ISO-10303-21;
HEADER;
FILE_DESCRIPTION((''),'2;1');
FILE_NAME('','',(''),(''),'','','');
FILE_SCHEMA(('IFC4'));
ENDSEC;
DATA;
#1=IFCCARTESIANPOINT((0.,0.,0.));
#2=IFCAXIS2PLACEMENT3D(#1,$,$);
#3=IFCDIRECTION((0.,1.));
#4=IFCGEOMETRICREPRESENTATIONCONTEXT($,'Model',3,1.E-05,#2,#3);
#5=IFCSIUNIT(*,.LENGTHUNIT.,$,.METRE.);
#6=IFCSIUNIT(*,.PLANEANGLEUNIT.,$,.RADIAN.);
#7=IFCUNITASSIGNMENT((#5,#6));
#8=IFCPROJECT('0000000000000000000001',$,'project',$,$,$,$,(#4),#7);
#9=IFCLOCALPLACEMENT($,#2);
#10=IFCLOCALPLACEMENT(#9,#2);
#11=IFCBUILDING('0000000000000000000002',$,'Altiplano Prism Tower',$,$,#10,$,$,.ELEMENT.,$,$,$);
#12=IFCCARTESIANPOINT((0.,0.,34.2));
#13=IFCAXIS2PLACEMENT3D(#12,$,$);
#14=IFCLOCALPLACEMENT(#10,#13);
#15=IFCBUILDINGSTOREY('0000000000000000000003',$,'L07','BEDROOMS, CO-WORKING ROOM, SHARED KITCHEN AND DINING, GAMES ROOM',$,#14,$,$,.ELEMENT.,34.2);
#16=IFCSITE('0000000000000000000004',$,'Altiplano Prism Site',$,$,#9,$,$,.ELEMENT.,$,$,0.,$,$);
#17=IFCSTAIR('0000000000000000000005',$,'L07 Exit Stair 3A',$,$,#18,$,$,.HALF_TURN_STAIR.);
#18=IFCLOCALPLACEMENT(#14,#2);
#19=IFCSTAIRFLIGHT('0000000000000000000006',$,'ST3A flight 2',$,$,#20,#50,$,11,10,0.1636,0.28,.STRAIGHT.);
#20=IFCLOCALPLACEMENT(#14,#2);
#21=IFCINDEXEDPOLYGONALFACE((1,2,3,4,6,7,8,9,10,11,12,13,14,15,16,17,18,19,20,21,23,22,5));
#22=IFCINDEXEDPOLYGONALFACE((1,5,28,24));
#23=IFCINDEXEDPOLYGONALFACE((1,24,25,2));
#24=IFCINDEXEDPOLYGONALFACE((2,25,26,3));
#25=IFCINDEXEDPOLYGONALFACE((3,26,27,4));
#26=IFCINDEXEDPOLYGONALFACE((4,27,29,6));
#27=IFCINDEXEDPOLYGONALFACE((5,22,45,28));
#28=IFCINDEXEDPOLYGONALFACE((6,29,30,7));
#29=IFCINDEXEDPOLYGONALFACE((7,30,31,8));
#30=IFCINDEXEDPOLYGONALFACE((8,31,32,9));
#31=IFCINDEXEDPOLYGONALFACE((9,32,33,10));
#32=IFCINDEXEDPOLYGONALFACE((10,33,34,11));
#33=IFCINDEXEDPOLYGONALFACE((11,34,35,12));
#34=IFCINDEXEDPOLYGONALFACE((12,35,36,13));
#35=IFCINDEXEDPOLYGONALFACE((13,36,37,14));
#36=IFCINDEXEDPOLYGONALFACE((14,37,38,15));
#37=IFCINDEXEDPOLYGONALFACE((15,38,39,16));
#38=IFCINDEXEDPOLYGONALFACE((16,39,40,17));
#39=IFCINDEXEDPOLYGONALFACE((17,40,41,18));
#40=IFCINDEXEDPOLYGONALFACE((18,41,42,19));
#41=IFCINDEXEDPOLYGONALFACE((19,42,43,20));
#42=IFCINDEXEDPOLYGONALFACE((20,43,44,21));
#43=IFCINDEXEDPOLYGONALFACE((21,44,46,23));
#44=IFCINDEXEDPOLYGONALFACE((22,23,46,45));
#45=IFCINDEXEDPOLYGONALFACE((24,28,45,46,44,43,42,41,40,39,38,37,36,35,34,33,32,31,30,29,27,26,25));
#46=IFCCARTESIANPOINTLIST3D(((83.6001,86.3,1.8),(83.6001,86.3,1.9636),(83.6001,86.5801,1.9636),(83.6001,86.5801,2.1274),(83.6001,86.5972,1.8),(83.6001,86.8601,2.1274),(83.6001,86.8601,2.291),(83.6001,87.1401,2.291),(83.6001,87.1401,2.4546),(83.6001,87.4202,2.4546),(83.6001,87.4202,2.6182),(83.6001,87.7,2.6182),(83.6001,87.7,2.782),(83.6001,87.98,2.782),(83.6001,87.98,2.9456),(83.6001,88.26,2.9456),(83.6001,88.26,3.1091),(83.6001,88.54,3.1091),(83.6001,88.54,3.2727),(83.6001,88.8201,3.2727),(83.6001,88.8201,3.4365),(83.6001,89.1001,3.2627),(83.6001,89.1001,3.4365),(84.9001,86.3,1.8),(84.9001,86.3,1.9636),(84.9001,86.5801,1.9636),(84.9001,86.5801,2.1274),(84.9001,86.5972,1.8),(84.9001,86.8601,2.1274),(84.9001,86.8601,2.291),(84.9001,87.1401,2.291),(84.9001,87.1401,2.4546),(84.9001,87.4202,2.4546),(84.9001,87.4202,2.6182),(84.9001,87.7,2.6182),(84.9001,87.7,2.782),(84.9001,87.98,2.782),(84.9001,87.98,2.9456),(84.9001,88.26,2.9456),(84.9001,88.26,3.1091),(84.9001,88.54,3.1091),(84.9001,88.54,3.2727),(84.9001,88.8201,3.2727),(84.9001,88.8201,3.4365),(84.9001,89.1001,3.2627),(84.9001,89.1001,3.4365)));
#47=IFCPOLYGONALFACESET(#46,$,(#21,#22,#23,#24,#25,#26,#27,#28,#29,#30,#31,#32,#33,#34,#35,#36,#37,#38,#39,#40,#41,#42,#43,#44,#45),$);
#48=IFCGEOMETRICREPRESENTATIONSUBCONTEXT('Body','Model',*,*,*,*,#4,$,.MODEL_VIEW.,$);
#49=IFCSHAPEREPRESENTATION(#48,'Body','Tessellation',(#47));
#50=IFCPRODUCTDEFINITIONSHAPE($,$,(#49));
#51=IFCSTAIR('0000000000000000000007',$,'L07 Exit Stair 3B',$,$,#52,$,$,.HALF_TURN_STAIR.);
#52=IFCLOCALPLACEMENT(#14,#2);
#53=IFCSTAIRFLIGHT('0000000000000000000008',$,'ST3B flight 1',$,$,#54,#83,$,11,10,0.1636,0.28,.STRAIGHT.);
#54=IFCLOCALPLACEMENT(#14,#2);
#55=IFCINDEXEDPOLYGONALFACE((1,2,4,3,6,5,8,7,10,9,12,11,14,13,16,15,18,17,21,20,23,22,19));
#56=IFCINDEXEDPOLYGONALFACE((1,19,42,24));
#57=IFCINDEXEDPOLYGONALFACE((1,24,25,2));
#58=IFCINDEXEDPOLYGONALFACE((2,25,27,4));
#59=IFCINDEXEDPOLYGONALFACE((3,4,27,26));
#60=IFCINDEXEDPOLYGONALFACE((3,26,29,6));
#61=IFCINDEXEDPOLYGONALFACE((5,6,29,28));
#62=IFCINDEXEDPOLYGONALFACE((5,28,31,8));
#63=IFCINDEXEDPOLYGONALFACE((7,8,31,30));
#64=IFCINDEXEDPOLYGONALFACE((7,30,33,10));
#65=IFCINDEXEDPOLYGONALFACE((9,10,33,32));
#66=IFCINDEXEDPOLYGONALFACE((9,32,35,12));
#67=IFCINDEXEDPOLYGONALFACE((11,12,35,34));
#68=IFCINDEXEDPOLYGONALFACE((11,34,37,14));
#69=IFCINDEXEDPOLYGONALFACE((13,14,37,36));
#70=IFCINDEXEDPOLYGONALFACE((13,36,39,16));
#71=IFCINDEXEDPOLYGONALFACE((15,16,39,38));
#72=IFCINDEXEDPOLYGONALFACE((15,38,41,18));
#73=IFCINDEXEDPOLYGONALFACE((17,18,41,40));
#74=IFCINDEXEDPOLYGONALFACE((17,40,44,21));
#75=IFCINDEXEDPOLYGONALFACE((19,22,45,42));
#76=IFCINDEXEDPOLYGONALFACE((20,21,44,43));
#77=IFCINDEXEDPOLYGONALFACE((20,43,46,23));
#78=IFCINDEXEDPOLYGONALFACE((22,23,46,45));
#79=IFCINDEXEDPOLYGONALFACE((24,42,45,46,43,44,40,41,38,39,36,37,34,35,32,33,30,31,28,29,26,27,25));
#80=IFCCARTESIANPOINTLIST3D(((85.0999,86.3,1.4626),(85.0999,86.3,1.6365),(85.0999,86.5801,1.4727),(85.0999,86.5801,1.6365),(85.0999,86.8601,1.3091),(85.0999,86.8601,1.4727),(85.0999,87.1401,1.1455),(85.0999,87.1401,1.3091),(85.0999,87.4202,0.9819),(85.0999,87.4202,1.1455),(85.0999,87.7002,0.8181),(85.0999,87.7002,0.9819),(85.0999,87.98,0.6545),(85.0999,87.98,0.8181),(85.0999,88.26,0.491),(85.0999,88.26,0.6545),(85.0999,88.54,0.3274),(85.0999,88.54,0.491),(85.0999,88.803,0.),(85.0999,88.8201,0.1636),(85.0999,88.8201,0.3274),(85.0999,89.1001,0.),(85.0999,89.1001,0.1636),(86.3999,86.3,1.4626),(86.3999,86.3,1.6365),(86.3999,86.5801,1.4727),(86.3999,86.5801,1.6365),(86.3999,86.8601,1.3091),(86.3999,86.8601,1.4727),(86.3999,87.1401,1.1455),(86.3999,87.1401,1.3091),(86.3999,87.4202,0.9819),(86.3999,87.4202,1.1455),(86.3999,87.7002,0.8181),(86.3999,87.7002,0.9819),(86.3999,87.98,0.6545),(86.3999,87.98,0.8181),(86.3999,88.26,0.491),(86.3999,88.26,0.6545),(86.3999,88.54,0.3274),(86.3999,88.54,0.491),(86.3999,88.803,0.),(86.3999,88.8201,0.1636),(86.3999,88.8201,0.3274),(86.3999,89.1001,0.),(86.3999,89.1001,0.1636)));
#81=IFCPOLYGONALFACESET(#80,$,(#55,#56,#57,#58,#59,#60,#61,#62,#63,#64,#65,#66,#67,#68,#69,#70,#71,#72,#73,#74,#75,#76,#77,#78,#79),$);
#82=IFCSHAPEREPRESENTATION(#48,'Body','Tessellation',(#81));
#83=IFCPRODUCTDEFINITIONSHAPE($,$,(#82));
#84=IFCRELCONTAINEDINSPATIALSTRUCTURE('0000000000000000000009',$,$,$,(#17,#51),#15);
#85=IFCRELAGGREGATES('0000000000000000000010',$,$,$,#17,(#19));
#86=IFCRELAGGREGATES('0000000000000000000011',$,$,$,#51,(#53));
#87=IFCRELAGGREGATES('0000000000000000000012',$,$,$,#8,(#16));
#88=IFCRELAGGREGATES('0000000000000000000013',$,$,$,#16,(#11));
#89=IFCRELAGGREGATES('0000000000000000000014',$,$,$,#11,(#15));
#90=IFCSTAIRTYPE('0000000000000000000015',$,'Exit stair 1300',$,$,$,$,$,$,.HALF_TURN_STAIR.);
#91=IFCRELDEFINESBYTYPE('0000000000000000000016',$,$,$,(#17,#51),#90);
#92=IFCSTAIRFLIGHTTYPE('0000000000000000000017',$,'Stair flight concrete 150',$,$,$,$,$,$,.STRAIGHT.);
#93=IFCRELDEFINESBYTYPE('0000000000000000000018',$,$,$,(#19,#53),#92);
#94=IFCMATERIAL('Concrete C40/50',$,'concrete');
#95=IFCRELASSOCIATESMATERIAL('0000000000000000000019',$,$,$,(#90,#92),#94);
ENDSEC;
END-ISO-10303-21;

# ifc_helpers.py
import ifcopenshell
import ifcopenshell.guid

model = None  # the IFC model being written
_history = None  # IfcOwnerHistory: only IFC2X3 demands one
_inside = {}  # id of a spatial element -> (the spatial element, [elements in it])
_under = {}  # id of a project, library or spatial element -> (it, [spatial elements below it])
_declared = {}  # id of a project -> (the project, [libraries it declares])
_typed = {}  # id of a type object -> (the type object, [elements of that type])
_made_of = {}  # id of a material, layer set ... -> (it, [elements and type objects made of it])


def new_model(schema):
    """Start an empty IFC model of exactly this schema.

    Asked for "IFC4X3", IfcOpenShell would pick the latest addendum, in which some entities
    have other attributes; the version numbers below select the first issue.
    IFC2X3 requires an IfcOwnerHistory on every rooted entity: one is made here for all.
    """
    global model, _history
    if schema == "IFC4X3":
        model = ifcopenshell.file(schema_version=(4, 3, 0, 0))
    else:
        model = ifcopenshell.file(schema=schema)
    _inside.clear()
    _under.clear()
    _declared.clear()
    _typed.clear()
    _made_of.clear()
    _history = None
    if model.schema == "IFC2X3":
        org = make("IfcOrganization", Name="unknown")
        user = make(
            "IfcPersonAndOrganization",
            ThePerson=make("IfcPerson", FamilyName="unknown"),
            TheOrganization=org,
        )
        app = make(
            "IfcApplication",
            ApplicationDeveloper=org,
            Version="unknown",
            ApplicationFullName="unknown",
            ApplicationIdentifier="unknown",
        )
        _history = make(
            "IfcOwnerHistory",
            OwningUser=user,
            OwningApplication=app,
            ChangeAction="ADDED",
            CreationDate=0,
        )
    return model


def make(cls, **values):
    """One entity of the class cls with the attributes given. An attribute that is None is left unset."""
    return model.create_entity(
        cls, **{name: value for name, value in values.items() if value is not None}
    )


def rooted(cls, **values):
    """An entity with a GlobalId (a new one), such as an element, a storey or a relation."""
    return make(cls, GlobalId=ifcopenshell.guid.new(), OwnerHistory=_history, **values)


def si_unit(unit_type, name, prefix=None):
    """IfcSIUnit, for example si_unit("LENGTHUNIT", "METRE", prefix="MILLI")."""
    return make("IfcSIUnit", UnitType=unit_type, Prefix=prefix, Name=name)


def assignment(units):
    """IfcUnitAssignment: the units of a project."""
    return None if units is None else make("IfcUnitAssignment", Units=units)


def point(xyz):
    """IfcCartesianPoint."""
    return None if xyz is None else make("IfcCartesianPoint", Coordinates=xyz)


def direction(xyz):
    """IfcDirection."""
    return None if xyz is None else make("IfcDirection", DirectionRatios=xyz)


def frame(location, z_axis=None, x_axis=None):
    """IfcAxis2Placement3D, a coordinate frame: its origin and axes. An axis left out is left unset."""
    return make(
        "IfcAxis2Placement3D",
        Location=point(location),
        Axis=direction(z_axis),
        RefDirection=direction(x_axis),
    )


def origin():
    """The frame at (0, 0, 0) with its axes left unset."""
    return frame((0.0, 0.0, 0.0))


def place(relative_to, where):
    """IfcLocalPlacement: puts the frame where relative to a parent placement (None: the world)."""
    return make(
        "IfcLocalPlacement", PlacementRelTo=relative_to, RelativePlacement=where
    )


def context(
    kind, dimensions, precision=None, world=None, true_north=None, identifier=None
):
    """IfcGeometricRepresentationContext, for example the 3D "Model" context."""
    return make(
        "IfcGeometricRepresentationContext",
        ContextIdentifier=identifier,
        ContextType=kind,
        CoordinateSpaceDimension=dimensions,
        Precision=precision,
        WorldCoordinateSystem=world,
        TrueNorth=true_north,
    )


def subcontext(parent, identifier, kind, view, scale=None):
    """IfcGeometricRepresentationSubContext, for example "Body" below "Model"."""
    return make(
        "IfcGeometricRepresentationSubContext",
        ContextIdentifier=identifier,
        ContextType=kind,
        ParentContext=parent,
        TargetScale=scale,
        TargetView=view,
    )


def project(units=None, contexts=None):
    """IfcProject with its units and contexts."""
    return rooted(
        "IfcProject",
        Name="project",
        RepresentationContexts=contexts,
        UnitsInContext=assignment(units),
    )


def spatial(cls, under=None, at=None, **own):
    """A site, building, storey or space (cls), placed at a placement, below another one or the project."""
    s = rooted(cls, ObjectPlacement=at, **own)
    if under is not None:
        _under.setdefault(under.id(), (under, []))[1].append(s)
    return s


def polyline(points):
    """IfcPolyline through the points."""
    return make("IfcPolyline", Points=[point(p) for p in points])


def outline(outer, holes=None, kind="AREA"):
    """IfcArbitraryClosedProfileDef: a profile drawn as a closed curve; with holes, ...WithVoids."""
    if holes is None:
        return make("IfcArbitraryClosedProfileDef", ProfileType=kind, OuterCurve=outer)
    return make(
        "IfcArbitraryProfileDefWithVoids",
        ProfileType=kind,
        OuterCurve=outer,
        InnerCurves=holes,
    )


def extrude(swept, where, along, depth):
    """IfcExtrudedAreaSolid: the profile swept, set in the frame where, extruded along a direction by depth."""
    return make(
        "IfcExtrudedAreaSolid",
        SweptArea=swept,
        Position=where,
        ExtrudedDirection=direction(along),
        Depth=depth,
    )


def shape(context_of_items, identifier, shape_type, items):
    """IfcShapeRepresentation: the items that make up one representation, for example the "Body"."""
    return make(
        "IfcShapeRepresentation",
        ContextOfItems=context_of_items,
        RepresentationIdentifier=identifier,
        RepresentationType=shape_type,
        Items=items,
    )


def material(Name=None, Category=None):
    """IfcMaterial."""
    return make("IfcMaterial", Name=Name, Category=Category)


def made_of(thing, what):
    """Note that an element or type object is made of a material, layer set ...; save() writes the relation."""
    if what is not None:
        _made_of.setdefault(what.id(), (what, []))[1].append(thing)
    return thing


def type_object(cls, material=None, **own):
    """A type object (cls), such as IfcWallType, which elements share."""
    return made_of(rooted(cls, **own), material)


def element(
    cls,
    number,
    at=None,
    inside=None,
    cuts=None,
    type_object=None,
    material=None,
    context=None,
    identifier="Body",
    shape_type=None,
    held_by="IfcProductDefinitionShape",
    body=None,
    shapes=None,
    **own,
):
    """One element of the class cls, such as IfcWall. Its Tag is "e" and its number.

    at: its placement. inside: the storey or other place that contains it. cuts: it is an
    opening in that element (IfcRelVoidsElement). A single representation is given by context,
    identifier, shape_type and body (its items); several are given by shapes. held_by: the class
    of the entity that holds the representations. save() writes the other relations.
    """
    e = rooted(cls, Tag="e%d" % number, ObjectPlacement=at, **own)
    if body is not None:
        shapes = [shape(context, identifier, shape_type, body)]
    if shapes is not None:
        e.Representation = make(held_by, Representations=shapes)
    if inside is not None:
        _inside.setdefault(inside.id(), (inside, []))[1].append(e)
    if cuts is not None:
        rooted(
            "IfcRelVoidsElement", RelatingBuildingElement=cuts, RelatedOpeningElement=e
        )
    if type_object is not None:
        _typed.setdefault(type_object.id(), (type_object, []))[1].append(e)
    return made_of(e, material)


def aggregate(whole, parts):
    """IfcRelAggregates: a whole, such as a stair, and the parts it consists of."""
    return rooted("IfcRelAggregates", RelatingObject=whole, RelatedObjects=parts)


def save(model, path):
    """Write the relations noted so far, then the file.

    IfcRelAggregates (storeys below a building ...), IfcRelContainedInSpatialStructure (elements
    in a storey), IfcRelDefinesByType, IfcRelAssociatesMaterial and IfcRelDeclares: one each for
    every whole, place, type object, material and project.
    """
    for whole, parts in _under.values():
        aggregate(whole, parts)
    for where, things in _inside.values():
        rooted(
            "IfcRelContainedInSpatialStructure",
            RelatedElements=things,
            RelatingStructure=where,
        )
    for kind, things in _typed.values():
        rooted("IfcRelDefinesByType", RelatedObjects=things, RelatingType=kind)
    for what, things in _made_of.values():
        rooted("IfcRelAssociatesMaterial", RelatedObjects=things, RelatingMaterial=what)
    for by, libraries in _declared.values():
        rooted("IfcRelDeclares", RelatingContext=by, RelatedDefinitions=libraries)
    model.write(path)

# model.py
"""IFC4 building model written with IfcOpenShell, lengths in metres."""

from ifc_helpers import new_model, si_unit, direction, frame, origin, place, context, subcontext, project, spatial, polyline, outline, extrude, material, type_object, element, aggregate, save


model = new_model("IFC4")

# Units and contexts
model_context = context("Model", 3, precision=1e-05, world=origin(), true_north=direction((0.0, 1.0)))
body_context = subcontext(model_context, "Body", "Model", "MODEL_VIEW")
ifc_project = project(units=[si_unit("LENGTHUNIT", "METRE"), si_unit("PLANEANGLEUNIT", "RADIAN")], contexts=[model_context])

# Site, building, storey
site_placement = place(None, origin())
site = spatial("IfcSite", under=ifc_project, at=site_placement, Name="Altiplano Prism Site", CompositionType="ELEMENT", RefElevation=0.0)
building_placement = place(site_placement, origin())
building = spatial("IfcBuilding", under=site, at=building_placement, Name="Altiplano Prism Tower", CompositionType="ELEMENT")
storey_placement = place(building_placement, frame((0.0, 0.0, 34.2)))
storey = spatial("IfcBuildingStorey", under=building, at=storey_placement, Name="L07", Description="BEDROOMS, CO-WORKING ROOM, SHARED KITCHEN AND DINING, GAMES ROOM", CompositionType="ELEMENT", Elevation=34.2)

# Stair, stair flight
ifc_material_1 = material(Name="Concrete C40/50", Category="concrete")
stair_type = type_object("IfcStairType", Name="Exit stair 1300", PredefinedType="HALF_TURN_STAIR", material=ifc_material_1)
stair_1_placement = place(storey_placement, origin())
stair_1 = element("IfcStair", 1, at=stair_1_placement, inside=storey, type_object=stair_type, Name="L07 Exit Stair 3A", PredefinedType="HALF_TURN_STAIR")
stair_flight_type = type_object("IfcStairFlightType", Name="Stair flight concrete 150", PredefinedType="STRAIGHT", material=ifc_material_1)
stair_flight_1_placement = place(storey_placement, frame((84.25, 86.3, 1.8), z_axis=(0.0, 0.0, 1.0), x_axis=(0.0, 1.0, 0.0)))
stair_flight_1 = element("IfcStairFlight", 2, at=stair_flight_1_placement, type_object=stair_flight_type, Name="ST3A flight 2", NumberOfRisers=11, NumberOfTreads=10, PredefinedType="STRAIGHT", RiserHeight=0.1636, TreadLength=0.28, context=body_context, shape_type="SweptSolid", body=[
    extrude(outline(polyline([(0.0, 0.0), (0.0, 0.1636), (0.28, 0.1636), (0.28, 0.3274), (0.5601, 0.3274), (0.5601, 0.491), (0.8401, 0.491), (0.8401, 0.6545), (1.1201, 0.6545), (1.1201, 0.8181), (1.3999, 0.8181), (1.3999, 0.9819), (1.6799, 0.9819), (1.6799, 1.1455), (1.96, 1.1455), (1.96, 1.3091), (2.24, 1.3091), (2.24, 1.4727), (2.52, 1.4727), (2.52, 1.6365), (2.8, 1.6365), (2.8, 1.8), (2.8, 1.4626), (0.2971, 0.0), (0.0, 0.0)])), frame((0.0, 0.6499, 0.0), z_axis=(0.0, -1.0, 0.0), x_axis=(1.0, 0.0, 0.0)), (0.0, 0.0, 1.0), 1.3),
])
aggregate(stair_1, [stair_flight_1])

# Stair, stair flight
stair_2_placement = place(storey_placement, origin())
stair_2 = element("IfcStair", 3, at=stair_2_placement, inside=storey, type_object=stair_type, Name="L07 Exit Stair 3B", PredefinedType="HALF_TURN_STAIR")
stair_flight_2_placement = place(storey_placement, frame((85.75, 89.1001, 0.0), z_axis=(0.0, 0.0, 1.0), x_axis=(0.0, -1.0, 0.0)))
stair_flight_2 = element("IfcStairFlight", 4, at=stair_flight_2_placement, type_object=stair_flight_type, Name="ST3B flight 1", NumberOfRisers=11, NumberOfTreads=10, PredefinedType="STRAIGHT", RiserHeight=0.1636, TreadLength=0.28, context=body_context, shape_type="SweptSolid", body=[
    extrude(outline(polyline([(0.0, 0.0), (0.0, 0.1636), (0.28, 0.1636), (0.28, 0.3274), (0.5601, 0.3274), (0.5601, 0.491), (0.8401, 0.491), (0.8401, 0.6545), (1.1201, 0.6545), (1.1201, 0.8181), (1.3999, 0.8181), (1.3999, 0.9819), (1.6799, 0.9819), (1.6799, 1.1455), (1.96, 1.1455), (1.96, 1.3091), (2.24, 1.3091), (2.24, 1.4727), (2.52, 1.4727), (2.52, 1.6365), (2.8, 1.6365), (2.8, 1.8), (2.8, 1.4626), (0.2971, 0.0), (0.0, 0.0)])), frame((0.0, 0.6499, 0.0), z_axis=(0.0, -1.0, 0.0), x_axis=(1.0, 0.0, 0.0)), (0.0, 0.0, 1.0), 1.3),
])
aggregate(stair_2, [stair_flight_2])

save(model, "model.ifc")
